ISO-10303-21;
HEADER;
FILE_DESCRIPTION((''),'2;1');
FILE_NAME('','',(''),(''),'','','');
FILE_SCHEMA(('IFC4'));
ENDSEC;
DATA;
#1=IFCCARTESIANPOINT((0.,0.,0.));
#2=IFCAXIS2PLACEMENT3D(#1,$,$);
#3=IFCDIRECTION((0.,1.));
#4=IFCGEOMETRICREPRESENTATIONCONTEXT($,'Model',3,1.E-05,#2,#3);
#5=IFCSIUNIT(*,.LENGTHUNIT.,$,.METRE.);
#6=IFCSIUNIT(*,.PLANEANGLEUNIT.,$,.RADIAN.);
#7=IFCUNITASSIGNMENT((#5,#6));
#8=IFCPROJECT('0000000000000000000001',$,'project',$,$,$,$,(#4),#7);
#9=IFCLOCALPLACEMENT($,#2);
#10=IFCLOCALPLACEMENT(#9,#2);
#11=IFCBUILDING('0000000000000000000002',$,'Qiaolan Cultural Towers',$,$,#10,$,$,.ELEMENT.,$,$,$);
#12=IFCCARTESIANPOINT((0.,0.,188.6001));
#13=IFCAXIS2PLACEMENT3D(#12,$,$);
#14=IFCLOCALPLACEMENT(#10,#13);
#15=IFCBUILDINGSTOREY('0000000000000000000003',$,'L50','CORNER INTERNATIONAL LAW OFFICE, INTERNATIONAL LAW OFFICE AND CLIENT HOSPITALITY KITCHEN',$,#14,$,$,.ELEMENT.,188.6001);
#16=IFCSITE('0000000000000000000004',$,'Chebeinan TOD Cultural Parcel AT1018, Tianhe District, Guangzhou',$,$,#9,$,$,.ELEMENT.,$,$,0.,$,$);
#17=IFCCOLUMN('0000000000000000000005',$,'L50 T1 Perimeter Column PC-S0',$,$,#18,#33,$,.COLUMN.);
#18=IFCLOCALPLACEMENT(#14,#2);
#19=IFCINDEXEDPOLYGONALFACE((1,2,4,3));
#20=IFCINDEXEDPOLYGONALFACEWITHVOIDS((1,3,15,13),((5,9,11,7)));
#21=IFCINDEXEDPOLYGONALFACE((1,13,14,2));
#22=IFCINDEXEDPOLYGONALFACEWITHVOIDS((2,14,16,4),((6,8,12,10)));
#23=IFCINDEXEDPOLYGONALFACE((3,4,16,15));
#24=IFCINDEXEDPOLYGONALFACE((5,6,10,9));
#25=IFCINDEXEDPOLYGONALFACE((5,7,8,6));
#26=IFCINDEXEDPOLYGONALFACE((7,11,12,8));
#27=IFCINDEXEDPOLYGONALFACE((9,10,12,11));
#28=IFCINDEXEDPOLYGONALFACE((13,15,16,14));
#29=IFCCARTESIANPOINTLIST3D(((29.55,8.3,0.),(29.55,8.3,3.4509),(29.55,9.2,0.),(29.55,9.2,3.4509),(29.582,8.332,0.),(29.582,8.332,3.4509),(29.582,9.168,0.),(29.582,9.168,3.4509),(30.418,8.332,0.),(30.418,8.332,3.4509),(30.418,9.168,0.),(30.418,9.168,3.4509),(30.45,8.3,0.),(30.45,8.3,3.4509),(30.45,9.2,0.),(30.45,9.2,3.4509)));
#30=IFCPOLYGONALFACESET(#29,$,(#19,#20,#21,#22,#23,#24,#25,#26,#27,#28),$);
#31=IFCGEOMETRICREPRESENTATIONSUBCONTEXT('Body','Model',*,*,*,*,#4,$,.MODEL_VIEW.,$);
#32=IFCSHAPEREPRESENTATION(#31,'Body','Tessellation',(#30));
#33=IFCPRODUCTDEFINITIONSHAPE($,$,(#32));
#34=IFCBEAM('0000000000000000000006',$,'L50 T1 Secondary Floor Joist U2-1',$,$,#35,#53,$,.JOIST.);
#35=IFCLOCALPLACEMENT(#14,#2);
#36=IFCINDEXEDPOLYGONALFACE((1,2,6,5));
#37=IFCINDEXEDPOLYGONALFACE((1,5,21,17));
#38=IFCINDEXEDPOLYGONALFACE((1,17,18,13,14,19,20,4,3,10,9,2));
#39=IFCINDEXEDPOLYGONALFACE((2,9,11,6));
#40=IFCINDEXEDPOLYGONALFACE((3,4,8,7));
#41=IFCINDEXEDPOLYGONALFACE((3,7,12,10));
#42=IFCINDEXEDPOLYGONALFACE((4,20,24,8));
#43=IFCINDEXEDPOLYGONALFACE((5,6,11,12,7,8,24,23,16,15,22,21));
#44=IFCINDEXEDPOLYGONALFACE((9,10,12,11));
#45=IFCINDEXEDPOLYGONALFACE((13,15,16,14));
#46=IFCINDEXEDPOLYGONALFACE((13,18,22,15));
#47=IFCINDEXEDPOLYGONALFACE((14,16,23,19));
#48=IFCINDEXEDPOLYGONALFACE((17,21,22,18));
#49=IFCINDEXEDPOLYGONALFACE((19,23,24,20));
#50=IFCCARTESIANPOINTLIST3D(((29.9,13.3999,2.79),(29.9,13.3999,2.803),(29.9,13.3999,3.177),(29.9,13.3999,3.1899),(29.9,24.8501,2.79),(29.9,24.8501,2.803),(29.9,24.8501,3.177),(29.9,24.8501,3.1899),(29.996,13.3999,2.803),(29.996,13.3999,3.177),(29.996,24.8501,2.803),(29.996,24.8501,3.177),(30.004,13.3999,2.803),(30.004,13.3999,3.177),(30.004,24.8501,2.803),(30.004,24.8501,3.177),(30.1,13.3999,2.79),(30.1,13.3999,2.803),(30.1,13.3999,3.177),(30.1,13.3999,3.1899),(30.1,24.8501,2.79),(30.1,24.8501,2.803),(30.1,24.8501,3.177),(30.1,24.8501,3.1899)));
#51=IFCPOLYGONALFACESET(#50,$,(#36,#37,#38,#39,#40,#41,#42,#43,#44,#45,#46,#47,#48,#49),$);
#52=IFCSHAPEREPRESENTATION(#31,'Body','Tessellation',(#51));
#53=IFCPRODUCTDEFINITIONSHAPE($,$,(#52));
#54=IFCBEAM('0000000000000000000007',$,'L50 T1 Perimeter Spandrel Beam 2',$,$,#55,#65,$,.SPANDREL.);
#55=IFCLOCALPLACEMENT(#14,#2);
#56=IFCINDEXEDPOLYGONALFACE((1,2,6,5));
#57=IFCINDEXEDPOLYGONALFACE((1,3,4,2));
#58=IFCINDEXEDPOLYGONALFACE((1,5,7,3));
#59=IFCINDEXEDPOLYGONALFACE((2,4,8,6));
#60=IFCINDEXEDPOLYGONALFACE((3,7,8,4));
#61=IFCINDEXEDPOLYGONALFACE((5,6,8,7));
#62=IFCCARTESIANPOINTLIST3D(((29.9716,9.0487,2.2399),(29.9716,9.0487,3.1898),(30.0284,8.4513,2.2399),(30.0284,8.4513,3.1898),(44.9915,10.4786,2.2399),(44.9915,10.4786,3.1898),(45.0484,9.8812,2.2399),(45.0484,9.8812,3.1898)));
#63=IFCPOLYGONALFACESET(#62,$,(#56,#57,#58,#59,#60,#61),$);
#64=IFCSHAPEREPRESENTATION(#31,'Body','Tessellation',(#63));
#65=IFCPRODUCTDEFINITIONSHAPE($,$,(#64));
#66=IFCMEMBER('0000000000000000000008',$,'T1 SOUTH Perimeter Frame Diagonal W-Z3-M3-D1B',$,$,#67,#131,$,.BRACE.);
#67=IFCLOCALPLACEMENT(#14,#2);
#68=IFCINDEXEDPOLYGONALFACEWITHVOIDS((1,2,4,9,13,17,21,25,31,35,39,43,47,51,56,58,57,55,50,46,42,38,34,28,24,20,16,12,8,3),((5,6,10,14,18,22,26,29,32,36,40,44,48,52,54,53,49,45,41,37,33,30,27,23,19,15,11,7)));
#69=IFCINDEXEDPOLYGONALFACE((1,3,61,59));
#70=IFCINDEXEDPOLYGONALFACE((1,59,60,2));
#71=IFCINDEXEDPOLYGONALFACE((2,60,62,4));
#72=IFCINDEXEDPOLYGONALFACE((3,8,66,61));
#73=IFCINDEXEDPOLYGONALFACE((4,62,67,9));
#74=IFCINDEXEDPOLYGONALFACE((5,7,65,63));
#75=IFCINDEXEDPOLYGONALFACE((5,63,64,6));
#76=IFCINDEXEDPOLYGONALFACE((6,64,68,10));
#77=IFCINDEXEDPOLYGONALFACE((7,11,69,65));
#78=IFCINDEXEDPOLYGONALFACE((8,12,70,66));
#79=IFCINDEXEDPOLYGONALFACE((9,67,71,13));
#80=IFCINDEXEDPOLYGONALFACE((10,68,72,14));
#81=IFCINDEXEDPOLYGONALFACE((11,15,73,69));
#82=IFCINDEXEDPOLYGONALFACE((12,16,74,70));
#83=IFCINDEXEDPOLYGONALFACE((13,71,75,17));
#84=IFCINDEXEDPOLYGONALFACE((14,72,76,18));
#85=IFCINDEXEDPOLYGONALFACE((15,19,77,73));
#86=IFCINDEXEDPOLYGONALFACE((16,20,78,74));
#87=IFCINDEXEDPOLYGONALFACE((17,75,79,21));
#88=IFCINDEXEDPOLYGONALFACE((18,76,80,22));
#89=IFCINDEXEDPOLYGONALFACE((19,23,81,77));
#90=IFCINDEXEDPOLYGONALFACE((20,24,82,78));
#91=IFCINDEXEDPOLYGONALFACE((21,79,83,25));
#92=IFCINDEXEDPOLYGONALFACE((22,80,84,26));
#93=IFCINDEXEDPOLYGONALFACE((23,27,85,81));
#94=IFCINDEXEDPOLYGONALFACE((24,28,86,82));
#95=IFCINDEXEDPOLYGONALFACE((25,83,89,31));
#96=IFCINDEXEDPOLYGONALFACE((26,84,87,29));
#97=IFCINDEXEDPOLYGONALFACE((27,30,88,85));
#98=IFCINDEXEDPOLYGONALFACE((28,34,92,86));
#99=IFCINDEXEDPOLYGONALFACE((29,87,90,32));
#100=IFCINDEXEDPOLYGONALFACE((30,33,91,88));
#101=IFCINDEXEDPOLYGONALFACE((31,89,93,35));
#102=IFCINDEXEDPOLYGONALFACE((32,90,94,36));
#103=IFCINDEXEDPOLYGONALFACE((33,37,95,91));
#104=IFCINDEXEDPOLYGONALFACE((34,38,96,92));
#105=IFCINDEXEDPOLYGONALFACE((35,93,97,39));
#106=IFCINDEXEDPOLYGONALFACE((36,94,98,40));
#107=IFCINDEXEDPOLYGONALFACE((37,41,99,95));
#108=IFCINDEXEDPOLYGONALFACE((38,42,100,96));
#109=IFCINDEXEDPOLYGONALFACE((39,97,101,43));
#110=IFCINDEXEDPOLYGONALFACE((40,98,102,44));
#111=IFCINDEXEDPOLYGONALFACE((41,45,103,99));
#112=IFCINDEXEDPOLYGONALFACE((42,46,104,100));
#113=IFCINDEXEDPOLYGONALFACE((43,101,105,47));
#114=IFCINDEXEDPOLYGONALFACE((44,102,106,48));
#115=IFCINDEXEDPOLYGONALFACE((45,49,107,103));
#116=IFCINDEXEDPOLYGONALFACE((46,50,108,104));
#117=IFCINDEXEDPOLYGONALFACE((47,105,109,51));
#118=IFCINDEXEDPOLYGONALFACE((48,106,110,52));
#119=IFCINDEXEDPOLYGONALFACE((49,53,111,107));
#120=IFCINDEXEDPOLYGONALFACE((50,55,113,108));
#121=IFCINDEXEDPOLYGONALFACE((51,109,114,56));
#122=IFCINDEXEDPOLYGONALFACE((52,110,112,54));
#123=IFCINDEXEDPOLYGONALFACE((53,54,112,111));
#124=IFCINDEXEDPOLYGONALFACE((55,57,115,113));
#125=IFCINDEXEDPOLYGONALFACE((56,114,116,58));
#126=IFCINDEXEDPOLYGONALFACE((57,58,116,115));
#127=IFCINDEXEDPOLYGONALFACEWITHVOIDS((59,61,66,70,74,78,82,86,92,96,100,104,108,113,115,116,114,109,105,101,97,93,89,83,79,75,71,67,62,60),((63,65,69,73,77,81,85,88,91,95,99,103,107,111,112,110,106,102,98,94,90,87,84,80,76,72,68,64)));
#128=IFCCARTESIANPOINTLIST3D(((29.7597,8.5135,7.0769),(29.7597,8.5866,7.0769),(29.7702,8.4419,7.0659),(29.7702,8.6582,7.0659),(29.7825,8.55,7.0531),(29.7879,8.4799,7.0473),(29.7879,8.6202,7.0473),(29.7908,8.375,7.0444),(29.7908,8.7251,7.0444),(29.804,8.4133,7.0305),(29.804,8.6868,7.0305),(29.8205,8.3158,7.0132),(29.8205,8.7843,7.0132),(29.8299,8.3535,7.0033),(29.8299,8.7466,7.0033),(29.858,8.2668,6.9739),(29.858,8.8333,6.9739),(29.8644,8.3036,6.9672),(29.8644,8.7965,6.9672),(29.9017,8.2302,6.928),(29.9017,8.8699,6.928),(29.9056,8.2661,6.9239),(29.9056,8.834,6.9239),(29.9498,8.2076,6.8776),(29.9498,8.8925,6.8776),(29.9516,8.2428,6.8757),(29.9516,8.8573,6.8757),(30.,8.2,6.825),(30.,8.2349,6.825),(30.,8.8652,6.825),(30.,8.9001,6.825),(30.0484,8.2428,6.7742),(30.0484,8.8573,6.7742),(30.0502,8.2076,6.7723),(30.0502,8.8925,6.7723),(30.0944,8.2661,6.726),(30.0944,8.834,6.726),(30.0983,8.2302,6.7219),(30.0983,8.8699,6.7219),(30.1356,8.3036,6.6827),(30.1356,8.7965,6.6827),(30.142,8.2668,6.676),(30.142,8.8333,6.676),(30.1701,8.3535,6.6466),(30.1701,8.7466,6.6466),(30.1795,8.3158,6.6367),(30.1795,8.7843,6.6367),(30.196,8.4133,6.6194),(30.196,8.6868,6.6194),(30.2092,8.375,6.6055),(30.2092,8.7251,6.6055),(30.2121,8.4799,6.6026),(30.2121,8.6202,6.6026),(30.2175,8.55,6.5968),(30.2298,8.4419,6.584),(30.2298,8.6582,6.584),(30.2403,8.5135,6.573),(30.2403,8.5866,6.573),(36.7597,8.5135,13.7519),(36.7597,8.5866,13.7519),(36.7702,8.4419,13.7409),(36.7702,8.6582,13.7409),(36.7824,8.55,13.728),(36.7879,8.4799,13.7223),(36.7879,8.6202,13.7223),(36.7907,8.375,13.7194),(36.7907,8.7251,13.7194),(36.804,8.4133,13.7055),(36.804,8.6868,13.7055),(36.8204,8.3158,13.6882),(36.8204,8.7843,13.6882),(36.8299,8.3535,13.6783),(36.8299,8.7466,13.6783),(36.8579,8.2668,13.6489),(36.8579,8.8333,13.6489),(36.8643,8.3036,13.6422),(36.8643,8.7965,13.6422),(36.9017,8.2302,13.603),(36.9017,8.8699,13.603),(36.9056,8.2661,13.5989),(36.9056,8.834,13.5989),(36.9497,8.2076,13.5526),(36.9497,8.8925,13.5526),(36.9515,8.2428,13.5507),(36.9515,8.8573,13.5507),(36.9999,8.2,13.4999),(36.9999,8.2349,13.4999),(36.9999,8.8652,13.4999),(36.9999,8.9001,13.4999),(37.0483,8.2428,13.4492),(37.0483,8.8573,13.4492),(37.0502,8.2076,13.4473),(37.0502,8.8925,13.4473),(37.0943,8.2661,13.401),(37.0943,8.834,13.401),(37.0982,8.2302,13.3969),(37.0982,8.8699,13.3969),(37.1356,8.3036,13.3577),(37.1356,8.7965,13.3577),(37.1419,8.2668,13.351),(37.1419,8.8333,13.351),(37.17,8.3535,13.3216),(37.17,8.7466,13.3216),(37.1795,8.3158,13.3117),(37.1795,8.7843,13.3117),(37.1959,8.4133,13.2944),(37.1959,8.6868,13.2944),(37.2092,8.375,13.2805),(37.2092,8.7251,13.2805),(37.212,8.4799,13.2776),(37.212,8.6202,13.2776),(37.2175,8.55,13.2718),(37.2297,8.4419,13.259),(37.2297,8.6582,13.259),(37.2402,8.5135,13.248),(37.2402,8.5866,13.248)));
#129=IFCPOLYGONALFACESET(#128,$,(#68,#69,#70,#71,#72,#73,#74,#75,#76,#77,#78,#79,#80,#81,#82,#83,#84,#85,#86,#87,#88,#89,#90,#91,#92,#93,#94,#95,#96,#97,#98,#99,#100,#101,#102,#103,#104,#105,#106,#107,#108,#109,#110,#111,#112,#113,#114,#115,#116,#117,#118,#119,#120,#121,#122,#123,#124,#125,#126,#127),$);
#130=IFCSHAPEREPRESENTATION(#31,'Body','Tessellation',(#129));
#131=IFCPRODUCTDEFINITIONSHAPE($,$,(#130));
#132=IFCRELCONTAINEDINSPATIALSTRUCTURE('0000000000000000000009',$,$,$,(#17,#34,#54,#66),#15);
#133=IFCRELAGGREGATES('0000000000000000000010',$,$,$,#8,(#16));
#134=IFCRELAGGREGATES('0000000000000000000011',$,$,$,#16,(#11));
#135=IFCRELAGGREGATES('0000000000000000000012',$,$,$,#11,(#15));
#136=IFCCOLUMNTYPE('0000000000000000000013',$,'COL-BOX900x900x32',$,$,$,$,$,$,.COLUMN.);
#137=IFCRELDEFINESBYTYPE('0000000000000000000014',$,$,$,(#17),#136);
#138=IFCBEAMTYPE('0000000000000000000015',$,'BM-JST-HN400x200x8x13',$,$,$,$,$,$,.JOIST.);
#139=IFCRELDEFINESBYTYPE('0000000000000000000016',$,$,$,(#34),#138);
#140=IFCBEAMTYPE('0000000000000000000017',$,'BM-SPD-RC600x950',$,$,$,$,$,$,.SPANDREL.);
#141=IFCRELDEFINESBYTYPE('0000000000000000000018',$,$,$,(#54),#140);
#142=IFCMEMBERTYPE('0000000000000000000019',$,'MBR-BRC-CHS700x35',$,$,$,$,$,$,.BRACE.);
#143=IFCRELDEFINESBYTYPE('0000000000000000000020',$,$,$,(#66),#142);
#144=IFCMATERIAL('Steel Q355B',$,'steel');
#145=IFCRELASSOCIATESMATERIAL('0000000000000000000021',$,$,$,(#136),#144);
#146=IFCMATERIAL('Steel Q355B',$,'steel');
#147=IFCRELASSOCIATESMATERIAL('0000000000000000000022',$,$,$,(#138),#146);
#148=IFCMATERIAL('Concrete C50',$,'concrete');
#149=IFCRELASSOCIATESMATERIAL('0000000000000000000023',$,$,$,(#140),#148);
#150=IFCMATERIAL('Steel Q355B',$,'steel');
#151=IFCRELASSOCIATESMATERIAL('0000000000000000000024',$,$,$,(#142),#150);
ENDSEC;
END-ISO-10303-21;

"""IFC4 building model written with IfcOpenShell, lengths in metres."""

from ifc_helpers import new_model, si_unit, direction, frame, origin, origin_2d, place, context, subcontext, project, spatial, rectangle, hollow_rectangle, hollow_circle, i_section, extrude, material, material_profile, profile_set, type_object, element, save


model = new_model("IFC4")

# Units and contexts
model_context = context("Model", 3, precision=1e-05, world=origin(), true_north=direction((0.0, 1.0)))
body_context = subcontext(model_context, "Body", "Model", "MODEL_VIEW")
ifc_project = project(units=[si_unit("LENGTHUNIT", "METRE"), si_unit("PLANEANGLEUNIT", "RADIAN")], contexts=[model_context])

# Site, building, storey
site_placement = place(None, origin())
site = spatial("IfcSite", under=ifc_project, at=site_placement, Name="Chebeinan TOD Cultural Parcel AT1018, Tianhe District, Guangzhou", CompositionType="ELEMENT", RefElevation=0.0)
building_placement = place(site_placement, origin())
building = spatial("IfcBuilding", under=site, at=building_placement, Name="Qiaolan Cultural Towers", CompositionType="ELEMENT")
storey_placement = place(building_placement, frame((0.0, 0.0, 188.6001)))
storey = spatial("IfcBuildingStorey", under=building, at=storey_placement, Name="L50", Description="CORNER INTERNATIONAL LAW OFFICE, INTERNATIONAL LAW OFFICE AND CLIENT HOSPITALITY KITCHEN", CompositionType="ELEMENT", Elevation=188.6001)

# Column
ifc_material_1 = material(Name="Steel Q355B", Category="steel")
ifc_material_profile_1 = material_profile(ifc_material_1, hollow_rectangle(XDim=0.8999, YDim=0.8999, WallThickness=0.032, at=origin_2d()), Name="BOX900x900x32")
ifc_profile_set_1 = profile_set([ifc_material_profile_1], Name="Steel Q355B")
column_type = type_object("IfcColumnType", Name="COL-BOX900x900x32", PredefinedType="COLUMN", material=ifc_profile_set_1)
column_placement = place(storey_placement, frame((30.0, 8.75, 0.0), z_axis=(0.0, 0.0, 1.0), x_axis=(1.0, 0.0, 0.0)))
element("IfcColumn", 1, at=column_placement, inside=storey, type_object=column_type, Name="L50 T1 Perimeter Column PC-S0", PredefinedType="COLUMN", context=body_context, shape_type="SweptSolid", body=[
    extrude(hollow_rectangle(XDim=0.8999, YDim=0.8999, WallThickness=0.032, at=origin_2d()), origin(), (0.0, 0.0, 1.0), 3.4509),
])

# Beams
ifc_material_2 = material(Name="Steel Q355B", Category="steel")
ifc_material_profile_2 = material_profile(ifc_material_2, i_section(OverallWidth=0.2, OverallDepth=0.3999, WebThickness=0.0081, FlangeThickness=0.0129, at=origin_2d()), Name="HN400x200x8x13")
ifc_profile_set_2 = profile_set([ifc_material_profile_2], Name="Steel Q355B")
beam_type_1 = type_object("IfcBeamType", Name="BM-JST-HN400x200x8x13", PredefinedType="JOIST", material=ifc_profile_set_2)
beam_1_placement = place(storey_placement, frame((30.0, 13.3999, 2.99), z_axis=(0.0, 1.0, 0.0), x_axis=(-1.0, 0.0, 0.0)))
element("IfcBeam", 2, at=beam_1_placement, inside=storey, type_object=beam_type_1, Name="L50 T1 Secondary Floor Joist U2-1", PredefinedType="JOIST", context=body_context, shape_type="SweptSolid", body=[
    extrude(i_section(OverallWidth=0.2, OverallDepth=0.3999, WebThickness=0.0081, FlangeThickness=0.0129, at=origin_2d()), origin(), (0.0, 0.0, 1.0), 11.4502),
])
ifc_material_3 = material(Name="Concrete C50", Category="concrete")
ifc_material_profile_3 = material_profile(ifc_material_3, rectangle(XDim=0.6001, YDim=0.95, at=origin_2d()), Name="RC600x950")
ifc_profile_set_3 = profile_set([ifc_material_profile_3], Name="Concrete C50")
beam_type_2 = type_object("IfcBeamType", Name="BM-SPD-RC600x950", PredefinedType="SPANDREL", material=ifc_profile_set_3)
beam_2_placement = place(storey_placement, frame((30.0, 8.75, 2.7148), z_axis=(0.995499, 0.094773, 0.0), x_axis=(-0.094773, 0.995499, 0.0)))
element("IfcBeam", 3, at=beam_2_placement, inside=storey, type_object=beam_type_2, Name="L50 T1 Perimeter Spandrel Beam 2", PredefinedType="SPANDREL", context=body_context, shape_type="SweptSolid", body=[
    extrude(rectangle(XDim=0.6001, YDim=0.95, at=origin_2d()), origin(), (0.0, 0.0, 1.0), 15.0879),
])

# Member
ifc_material_4 = material(Name="Steel Q355B", Category="steel")
ifc_material_profile_4 = material_profile(ifc_material_4, hollow_circle(Radius=0.3501, WallThickness=0.0349, at=origin_2d()), Name="CHS700x35")
ifc_profile_set_4 = profile_set([ifc_material_profile_4], Name="Steel Q355B")
member_type = type_object("IfcMemberType", Name="MBR-BRC-CHS700x35", PredefinedType="BRACE", material=ifc_profile_set_4)
for number, where, z_axis, x_axis, name in (
    (4, (30.0, 8.55, 6.825), (0.723705, 0.0, 0.690109), (0.0, 1.0, 0.0), "T1 SOUTH Perimeter Frame Diagonal W-Z3-M3-D1B"),
):
    element("IfcMember", number, at=place(storey_placement, frame(where, z_axis=z_axis, x_axis=x_axis)), inside=storey, type_object=member_type, Name=name, PredefinedType="BRACE", context=body_context, shape_type="SweptSolid", body=[
        extrude(hollow_circle(Radius=0.3501, WallThickness=0.0349, at=origin_2d()), origin(), (0.0, 0.0, 1.0), 9.6724),
    ])

save(model, "model.ifc")
